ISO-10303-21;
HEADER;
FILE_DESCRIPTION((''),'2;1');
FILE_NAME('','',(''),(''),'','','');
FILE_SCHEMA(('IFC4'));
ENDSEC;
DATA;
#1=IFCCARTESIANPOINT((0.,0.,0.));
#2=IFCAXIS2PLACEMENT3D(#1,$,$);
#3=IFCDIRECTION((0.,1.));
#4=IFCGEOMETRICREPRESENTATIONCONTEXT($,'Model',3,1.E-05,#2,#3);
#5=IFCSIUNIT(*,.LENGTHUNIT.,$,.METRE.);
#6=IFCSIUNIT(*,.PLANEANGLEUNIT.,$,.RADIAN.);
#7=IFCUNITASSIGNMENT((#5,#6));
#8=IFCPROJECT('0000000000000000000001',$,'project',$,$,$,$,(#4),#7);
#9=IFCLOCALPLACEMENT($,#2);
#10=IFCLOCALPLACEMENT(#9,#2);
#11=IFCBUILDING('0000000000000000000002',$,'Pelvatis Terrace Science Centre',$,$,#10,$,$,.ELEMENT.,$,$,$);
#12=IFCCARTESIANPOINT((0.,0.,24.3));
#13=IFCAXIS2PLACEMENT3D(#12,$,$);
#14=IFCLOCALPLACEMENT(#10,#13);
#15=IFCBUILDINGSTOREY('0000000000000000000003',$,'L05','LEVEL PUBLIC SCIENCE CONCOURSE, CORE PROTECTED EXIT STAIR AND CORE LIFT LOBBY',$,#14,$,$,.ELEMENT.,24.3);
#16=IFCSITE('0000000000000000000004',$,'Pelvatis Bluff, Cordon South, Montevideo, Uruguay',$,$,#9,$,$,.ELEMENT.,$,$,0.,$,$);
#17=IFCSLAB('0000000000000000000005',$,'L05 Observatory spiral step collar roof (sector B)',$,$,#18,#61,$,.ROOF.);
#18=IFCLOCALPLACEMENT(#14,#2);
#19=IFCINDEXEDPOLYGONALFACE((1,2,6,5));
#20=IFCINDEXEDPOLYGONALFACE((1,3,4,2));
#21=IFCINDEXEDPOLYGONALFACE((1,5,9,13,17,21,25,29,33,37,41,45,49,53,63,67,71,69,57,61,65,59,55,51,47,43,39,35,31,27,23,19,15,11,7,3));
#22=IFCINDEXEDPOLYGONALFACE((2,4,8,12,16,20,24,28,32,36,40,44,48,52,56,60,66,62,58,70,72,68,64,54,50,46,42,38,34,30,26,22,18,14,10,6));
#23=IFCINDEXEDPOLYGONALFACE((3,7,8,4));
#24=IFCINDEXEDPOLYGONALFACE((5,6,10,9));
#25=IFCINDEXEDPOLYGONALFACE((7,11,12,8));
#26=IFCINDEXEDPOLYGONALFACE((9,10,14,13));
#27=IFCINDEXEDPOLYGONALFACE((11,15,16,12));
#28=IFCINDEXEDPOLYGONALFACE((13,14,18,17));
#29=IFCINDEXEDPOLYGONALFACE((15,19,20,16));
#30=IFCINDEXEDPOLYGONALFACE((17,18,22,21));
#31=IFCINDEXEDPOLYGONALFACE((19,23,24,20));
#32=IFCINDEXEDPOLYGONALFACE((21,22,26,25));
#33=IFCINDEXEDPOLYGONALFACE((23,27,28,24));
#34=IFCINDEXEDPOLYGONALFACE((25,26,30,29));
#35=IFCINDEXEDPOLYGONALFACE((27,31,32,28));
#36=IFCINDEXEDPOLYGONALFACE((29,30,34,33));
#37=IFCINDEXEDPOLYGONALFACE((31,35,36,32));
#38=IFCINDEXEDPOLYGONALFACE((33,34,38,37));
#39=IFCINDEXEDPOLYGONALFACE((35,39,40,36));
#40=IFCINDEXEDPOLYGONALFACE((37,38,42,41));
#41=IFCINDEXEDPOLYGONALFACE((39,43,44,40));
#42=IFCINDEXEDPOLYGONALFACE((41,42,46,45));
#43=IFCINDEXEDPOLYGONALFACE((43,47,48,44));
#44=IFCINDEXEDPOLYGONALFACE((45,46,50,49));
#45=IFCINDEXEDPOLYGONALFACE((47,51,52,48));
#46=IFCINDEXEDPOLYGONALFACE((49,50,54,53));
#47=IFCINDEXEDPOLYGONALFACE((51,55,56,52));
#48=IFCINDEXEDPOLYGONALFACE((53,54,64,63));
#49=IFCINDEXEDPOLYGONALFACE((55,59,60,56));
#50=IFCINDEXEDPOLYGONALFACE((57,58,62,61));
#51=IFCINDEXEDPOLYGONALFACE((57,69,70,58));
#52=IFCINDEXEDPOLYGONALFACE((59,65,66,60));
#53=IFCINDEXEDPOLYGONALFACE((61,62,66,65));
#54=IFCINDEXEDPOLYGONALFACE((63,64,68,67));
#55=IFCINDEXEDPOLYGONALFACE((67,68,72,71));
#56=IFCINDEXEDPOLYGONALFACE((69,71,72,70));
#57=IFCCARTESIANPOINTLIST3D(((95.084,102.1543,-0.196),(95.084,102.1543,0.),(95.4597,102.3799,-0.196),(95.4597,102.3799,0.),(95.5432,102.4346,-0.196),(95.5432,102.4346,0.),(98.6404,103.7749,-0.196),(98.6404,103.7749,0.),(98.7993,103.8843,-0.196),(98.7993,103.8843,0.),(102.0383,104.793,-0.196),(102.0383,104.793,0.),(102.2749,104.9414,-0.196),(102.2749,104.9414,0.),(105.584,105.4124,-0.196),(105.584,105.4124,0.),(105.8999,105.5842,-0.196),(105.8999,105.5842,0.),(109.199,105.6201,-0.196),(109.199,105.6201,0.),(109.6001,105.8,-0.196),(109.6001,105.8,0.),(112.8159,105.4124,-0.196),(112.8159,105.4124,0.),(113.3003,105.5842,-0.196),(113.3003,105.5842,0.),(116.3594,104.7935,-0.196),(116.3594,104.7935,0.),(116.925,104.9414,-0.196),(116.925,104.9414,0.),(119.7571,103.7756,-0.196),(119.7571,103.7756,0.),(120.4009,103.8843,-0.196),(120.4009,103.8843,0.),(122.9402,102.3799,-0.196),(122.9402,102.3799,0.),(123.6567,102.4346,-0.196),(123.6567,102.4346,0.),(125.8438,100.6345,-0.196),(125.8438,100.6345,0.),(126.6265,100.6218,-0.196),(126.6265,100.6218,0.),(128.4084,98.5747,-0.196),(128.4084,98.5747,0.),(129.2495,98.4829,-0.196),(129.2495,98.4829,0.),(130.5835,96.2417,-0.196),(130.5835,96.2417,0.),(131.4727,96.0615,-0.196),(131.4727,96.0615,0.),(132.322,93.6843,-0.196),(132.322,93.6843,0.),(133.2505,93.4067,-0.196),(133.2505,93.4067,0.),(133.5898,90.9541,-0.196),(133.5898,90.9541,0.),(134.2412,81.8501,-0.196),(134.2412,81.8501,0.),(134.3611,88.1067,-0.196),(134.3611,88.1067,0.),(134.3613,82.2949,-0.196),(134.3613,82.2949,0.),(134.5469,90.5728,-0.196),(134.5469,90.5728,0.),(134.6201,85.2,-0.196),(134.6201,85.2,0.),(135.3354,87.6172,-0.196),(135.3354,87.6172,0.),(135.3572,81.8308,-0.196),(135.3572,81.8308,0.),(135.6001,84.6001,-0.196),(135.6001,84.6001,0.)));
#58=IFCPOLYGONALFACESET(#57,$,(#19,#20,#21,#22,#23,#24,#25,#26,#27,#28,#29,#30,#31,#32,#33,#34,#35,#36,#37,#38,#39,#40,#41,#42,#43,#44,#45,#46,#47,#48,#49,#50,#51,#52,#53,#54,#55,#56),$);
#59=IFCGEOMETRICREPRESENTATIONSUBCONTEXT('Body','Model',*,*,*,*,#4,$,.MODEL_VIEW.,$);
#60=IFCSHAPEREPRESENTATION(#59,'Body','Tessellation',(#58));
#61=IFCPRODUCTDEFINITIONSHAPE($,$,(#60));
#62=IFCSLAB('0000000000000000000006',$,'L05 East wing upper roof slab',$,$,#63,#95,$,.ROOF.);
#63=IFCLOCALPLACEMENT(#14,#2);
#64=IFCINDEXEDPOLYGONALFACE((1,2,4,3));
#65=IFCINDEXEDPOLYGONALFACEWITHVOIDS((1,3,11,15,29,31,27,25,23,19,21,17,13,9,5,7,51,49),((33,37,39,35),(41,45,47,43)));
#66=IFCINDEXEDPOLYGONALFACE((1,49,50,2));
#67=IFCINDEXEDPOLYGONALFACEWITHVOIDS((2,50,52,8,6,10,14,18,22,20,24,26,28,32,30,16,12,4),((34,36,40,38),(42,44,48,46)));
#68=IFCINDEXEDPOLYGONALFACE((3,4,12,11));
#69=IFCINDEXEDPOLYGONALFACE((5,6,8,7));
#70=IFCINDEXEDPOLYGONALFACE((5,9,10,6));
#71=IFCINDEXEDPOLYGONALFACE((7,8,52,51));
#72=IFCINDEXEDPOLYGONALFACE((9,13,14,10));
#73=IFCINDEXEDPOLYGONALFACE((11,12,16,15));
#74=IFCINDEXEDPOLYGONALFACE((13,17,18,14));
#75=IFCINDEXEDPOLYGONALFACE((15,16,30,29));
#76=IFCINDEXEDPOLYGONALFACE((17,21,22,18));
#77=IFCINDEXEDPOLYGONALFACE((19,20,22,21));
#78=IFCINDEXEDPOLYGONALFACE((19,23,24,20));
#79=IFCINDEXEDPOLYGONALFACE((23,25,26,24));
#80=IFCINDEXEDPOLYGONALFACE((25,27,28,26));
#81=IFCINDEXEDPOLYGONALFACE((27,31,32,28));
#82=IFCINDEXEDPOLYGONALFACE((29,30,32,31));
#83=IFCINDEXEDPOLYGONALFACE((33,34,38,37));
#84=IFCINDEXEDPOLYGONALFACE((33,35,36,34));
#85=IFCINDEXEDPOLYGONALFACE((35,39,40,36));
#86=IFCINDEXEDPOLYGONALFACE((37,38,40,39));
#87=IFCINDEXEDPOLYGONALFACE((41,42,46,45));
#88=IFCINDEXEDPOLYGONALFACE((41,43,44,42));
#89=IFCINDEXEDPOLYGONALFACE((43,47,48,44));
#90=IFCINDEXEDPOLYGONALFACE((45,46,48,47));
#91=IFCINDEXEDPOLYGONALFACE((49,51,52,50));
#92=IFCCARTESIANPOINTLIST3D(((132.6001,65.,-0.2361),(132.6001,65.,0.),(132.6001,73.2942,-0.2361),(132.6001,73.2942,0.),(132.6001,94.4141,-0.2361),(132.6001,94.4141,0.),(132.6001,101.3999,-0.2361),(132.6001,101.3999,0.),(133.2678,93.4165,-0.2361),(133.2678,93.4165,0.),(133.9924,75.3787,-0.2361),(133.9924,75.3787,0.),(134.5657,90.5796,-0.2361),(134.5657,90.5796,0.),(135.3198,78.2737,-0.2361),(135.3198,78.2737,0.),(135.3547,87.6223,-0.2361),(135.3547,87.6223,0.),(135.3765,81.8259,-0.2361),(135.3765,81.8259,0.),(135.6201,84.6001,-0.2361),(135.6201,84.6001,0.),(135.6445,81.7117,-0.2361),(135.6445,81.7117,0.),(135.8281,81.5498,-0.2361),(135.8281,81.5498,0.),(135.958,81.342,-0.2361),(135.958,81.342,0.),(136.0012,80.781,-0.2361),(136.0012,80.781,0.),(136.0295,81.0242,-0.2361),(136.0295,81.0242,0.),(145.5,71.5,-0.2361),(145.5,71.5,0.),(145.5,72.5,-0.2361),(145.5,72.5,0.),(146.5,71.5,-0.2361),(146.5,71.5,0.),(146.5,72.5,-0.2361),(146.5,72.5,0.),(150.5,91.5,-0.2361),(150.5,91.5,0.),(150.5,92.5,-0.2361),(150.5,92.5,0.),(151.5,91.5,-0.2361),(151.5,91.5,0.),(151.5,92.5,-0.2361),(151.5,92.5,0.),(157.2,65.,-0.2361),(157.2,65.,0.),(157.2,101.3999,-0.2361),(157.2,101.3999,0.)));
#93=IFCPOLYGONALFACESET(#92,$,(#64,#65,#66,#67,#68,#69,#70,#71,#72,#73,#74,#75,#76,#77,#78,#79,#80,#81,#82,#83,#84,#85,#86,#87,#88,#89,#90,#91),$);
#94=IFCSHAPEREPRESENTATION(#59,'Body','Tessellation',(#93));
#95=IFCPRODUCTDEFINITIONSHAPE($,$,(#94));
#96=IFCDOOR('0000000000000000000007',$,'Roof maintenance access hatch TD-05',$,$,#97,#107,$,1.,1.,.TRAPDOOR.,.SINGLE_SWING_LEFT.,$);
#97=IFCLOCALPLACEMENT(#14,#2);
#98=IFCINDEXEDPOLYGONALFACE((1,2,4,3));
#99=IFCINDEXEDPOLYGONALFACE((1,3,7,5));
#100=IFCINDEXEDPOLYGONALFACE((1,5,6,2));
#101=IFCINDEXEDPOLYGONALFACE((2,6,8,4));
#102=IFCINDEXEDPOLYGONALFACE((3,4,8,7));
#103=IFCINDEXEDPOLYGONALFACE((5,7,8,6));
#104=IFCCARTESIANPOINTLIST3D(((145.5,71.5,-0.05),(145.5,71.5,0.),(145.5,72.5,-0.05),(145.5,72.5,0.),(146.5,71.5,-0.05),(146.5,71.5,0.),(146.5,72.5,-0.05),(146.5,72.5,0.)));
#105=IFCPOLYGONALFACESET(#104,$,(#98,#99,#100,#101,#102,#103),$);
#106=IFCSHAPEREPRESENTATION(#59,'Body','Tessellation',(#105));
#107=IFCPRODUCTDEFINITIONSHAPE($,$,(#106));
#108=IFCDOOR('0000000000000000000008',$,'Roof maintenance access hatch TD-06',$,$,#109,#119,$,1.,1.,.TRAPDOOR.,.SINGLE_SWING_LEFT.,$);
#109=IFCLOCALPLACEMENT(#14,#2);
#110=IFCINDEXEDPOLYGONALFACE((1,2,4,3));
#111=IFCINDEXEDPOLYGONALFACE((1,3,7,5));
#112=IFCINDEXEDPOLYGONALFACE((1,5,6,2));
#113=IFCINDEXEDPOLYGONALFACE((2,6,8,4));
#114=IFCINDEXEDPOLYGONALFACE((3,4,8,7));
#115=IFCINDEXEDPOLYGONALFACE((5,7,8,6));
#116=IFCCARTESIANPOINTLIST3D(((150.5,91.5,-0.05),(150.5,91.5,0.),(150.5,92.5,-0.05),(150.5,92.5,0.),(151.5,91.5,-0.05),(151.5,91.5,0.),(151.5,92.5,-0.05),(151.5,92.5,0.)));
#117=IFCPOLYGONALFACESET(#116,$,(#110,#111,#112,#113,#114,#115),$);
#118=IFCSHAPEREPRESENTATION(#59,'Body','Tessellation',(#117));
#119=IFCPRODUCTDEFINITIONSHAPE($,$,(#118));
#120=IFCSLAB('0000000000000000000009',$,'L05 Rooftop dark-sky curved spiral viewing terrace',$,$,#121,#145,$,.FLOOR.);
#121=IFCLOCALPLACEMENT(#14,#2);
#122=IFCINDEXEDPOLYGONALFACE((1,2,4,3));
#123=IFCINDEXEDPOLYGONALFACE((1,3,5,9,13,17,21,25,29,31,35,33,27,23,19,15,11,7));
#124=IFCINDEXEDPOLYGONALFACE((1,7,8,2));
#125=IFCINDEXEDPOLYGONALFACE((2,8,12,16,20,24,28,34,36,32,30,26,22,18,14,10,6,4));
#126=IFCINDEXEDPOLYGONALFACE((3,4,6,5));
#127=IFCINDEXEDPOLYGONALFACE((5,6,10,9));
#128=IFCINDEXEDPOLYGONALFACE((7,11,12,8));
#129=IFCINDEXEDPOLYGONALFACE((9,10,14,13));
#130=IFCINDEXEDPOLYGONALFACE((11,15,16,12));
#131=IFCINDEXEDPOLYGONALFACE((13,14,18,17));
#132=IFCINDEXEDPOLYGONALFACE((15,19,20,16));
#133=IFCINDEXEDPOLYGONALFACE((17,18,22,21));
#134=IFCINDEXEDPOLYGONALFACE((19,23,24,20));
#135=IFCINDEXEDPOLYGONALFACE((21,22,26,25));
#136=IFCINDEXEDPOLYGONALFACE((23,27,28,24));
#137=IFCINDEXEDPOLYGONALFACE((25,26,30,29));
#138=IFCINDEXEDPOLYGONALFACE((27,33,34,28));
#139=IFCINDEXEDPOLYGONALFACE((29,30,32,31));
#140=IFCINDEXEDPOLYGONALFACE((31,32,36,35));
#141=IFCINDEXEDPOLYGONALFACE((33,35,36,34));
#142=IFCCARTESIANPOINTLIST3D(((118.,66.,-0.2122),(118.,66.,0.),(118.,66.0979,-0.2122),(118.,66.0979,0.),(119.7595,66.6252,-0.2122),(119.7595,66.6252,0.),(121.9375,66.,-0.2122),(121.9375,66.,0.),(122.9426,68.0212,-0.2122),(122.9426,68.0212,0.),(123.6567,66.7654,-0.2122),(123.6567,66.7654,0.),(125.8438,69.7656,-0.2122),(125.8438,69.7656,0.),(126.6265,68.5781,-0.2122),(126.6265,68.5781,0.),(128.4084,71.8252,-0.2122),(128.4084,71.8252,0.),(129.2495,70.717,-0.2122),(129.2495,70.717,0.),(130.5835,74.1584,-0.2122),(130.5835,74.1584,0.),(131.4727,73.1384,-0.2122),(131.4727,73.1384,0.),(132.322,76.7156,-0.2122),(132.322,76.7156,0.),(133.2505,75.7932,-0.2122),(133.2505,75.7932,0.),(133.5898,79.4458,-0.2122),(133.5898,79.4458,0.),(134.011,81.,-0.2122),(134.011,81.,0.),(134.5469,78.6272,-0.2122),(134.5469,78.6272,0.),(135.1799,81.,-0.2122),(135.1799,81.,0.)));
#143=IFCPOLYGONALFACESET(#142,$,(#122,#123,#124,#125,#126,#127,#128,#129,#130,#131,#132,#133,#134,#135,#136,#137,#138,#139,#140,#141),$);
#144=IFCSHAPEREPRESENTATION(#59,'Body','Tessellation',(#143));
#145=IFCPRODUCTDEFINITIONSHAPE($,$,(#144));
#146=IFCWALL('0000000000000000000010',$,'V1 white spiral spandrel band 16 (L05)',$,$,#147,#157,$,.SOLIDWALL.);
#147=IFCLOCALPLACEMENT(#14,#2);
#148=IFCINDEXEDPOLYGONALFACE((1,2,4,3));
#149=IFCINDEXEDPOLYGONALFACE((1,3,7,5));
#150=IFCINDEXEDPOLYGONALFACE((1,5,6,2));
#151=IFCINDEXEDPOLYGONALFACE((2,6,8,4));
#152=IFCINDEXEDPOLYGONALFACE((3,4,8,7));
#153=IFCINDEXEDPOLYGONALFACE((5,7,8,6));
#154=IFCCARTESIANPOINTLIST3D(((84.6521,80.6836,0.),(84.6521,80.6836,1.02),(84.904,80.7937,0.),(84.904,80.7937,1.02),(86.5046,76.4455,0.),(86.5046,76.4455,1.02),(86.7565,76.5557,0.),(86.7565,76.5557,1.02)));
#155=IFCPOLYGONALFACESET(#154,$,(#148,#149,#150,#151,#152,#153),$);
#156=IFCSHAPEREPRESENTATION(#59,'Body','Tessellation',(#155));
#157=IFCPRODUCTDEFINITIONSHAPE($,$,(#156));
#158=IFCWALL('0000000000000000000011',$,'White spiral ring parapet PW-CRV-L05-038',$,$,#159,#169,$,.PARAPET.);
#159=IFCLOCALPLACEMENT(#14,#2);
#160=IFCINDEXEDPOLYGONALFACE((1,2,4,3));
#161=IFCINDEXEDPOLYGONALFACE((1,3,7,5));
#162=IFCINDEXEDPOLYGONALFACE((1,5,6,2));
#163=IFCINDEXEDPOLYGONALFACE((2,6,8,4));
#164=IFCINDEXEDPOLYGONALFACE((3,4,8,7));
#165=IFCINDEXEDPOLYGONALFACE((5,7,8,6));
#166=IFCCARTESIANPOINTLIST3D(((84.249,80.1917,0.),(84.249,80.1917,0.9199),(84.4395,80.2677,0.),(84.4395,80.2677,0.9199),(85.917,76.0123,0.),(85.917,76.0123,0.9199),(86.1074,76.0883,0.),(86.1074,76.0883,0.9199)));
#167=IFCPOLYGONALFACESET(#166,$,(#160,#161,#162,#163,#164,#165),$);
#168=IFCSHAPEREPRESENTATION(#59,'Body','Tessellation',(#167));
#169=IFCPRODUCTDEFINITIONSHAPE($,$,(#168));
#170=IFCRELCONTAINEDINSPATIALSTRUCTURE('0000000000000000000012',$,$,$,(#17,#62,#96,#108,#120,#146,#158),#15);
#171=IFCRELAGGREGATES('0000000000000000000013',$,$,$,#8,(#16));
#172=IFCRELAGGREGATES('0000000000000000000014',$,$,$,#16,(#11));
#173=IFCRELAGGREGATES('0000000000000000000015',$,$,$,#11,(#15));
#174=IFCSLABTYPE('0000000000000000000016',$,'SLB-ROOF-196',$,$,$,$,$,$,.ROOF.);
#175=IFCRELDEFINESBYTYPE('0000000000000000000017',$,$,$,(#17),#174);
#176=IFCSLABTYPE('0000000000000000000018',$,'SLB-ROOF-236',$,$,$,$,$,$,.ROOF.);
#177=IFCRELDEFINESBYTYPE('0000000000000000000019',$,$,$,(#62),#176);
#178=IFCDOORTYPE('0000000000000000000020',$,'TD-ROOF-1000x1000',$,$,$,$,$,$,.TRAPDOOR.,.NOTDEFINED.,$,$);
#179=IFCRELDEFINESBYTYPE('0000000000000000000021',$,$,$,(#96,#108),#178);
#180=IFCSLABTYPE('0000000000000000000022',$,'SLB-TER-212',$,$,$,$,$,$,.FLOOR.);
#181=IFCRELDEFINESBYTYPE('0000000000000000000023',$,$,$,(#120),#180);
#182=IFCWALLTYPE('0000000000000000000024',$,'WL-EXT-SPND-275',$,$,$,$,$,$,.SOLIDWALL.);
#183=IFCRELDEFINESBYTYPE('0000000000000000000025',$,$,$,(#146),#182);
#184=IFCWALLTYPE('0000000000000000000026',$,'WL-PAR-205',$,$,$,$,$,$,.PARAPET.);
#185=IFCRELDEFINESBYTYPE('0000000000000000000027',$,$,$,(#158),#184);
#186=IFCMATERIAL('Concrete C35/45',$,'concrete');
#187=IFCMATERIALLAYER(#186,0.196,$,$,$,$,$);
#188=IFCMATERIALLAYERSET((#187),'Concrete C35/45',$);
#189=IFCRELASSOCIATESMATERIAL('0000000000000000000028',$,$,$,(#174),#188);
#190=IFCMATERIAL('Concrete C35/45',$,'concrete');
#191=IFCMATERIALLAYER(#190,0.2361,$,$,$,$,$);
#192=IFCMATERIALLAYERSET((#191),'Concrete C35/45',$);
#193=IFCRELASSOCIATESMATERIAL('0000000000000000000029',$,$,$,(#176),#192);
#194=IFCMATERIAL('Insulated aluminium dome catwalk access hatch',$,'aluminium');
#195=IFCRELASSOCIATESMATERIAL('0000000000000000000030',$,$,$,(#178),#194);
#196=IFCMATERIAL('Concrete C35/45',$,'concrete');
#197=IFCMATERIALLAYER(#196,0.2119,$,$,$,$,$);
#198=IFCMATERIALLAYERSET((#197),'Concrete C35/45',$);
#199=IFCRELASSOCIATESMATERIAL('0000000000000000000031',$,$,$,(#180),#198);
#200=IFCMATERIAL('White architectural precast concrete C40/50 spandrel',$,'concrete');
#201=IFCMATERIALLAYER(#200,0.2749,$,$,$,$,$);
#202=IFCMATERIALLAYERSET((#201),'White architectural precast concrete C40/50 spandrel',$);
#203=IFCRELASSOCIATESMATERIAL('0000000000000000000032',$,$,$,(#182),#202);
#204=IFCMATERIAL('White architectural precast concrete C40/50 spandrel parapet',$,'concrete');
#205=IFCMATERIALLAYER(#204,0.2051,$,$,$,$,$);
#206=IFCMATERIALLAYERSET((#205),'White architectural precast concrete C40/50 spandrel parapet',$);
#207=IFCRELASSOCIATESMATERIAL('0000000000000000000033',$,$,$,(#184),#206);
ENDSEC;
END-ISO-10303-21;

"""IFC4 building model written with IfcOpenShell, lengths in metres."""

from ifc_helpers import new_model, si_unit, direction, frame, frame_2d, origin, origin_2d, place, context, subcontext, project, spatial, polyline, rectangle, outline, extrude, material, layer, layer_set, type_object, element, fill, save


model = new_model("IFC4")

# Units and contexts
model_context = context("Model", 3, precision=1e-05, world=origin(), true_north=direction((0.0, 1.0)))
body_context = subcontext(model_context, "Body", "Model", "MODEL_VIEW")
ifc_project = project(units=[si_unit("LENGTHUNIT", "METRE"), si_unit("PLANEANGLEUNIT", "RADIAN")], contexts=[model_context])

# Site, building, storey
site_placement = place(None, origin())
site = spatial("IfcSite", under=ifc_project, at=site_placement, Name="Pelvatis Bluff, Cordon South, Montevideo, Uruguay", CompositionType="ELEMENT", RefElevation=0.0)
building_placement = place(site_placement, origin())
building = spatial("IfcBuilding", under=site, at=building_placement, Name="Pelvatis Terrace Science Centre", CompositionType="ELEMENT")
storey_placement = place(building_placement, frame((0.0, 0.0, 24.3)))
storey = spatial("IfcBuildingStorey", under=building, at=storey_placement, Name="L05", Description="LEVEL PUBLIC SCIENCE CONCOURSE, CORE PROTECTED EXIT STAIR AND CORE LIFT LOBBY", CompositionType="ELEMENT", Elevation=24.3)

# Slab
ifc_material_1 = material(Name="Concrete C35/45", Category="concrete")
ifc_layer_1 = layer(ifc_material_1, 0.196)
ifc_layer_set_1 = layer_set([ifc_layer_1], Name="Concrete C35/45")
slab_type_1 = type_object("IfcSlabType", Name="SLB-ROOF-196", PredefinedType="ROOF", material=ifc_layer_set_1)
slab_1_placement = place(storey_placement, frame((0.0, 0.0, -0.196)))
element("IfcSlab", 1, at=slab_1_placement, inside=storey, type_object=slab_type_1, Name="L05 Observatory spiral step collar roof (sector B)", PredefinedType="ROOF", context=body_context, shape_type="SweptSolid", body=[
    extrude(outline(polyline([(135.3572, 81.8308), (134.2412, 81.8501), (134.3613, 82.2949), (134.6201, 85.2), (134.3611, 88.1067), (133.5898, 90.9541), (132.322, 93.6843), (130.5835, 96.2417), (128.4084, 98.5747), (125.8438, 100.6345), (122.9402, 102.3799), (119.7571, 103.7756), (116.3594, 104.7935), (112.8159, 105.4124), (109.199, 105.6201), (105.584, 105.4124), (102.0383, 104.793), (98.6404, 103.7749), (95.4597, 102.3799), (95.084, 102.1543), (95.5432, 102.4346), (98.7993, 103.8843), (102.2749, 104.9414), (105.8999, 105.5842), (109.6001, 105.8), (113.3003, 105.5842), (116.925, 104.9414), (120.4009, 103.8843), (123.6567, 102.4346), (126.6265, 100.6218), (129.2495, 98.4829), (131.4727, 96.0615), (133.2505, 93.4067), (134.5469, 90.5728), (135.3354, 87.6172), (135.6001, 84.6001), (135.3572, 81.8308)])), origin(), (0.0, 0.0, 1.0), 0.196),
])

# Slab, openings, doors
ifc_material_2 = material(Name="Concrete C35/45", Category="concrete")
ifc_layer_2 = layer(ifc_material_2, 0.2361)
ifc_layer_set_2 = layer_set([ifc_layer_2], Name="Concrete C35/45")
slab_type_2 = type_object("IfcSlabType", Name="SLB-ROOF-236", PredefinedType="ROOF", material=ifc_layer_set_2)
slab_2_placement = place(storey_placement, frame((0.0, 0.0, -0.2361)))
slab_2 = element("IfcSlab", 2, at=slab_2_placement, inside=storey, type_object=slab_type_2, Name="L05 East wing upper roof slab", PredefinedType="ROOF", context=body_context, shape_type="SweptSolid", body=[
    extrude(outline(polyline([(132.6001, 73.2942), (133.9924, 75.3787), (135.3198, 78.2737), (136.0012, 80.781), (136.0295, 81.0242), (135.958, 81.342), (135.8281, 81.5498), (135.6445, 81.7117), (135.3765, 81.8259), (135.6201, 84.6001), (135.3547, 87.6223), (134.5657, 90.5796), (133.2678, 93.4165), (132.6001, 94.4141), (132.6001, 101.3999), (157.2, 101.3999), (157.2, 65.0), (132.6001, 65.0), (132.6001, 73.2942)])), origin(), (0.0, 0.0, 1.0), 0.2361),
])
opening_1_placement = place(slab_2_placement, frame((146.0, 72.0, 0.0)))
opening_1 = element("IfcOpeningElement", 3, at=opening_1_placement, cuts=slab_2, PredefinedType="OPENING", context=body_context, shape_type="SweptSolid", body=[
    extrude(rectangle(XDim=1.0, YDim=1.0, at=origin_2d()), origin(), (0.0, 0.0, 1.0), 0.2361),
])
opening_2_placement = place(slab_2_placement, frame((151.0, 92.0, 0.0)))
opening_2 = element("IfcOpeningElement", 4, at=opening_2_placement, cuts=slab_2, PredefinedType="OPENING", context=body_context, shape_type="SweptSolid", body=[
    extrude(rectangle(XDim=1.0, YDim=1.0, at=origin_2d()), origin(), (0.0, 0.0, 1.0), 0.2361),
])
ifc_material_3 = material(Name="Insulated aluminium dome catwalk access hatch", Category="aluminium")
door_type = type_object("IfcDoorType", Name="TD-ROOF-1000x1000", OperationType="NOTDEFINED", PredefinedType="TRAPDOOR", material=ifc_material_3)
door_1_placement = place(opening_1_placement, frame((0.0, 0.0, 0.186)))
door_1 = element("IfcDoor", 5, at=door_1_placement, inside=storey, type_object=door_type, Name="Roof maintenance access hatch TD-05", OperationType="SINGLE_SWING_LEFT", OverallHeight=1.0, OverallWidth=1.0, PredefinedType="TRAPDOOR", context=body_context, shape_type="SweptSolid", body=[
    extrude(rectangle(XDim=1.0, YDim=1.0, at=origin_2d()), origin(), (0.0, 0.0, 1.0), 0.05),
])
fill(opening_1, door_1)
door_2_placement = place(opening_2_placement, frame((0.0, 0.0, 0.186)))
door_2 = element("IfcDoor", 6, at=door_2_placement, inside=storey, type_object=door_type, Name="Roof maintenance access hatch TD-06", OperationType="SINGLE_SWING_LEFT", OverallHeight=1.0, OverallWidth=1.0, PredefinedType="TRAPDOOR", context=body_context, shape_type="SweptSolid", body=[
    extrude(rectangle(XDim=1.0, YDim=1.0, at=origin_2d()), origin(), (0.0, 0.0, 1.0), 0.05),
])
fill(opening_2, door_2)

# Slab
ifc_material_4 = material(Name="Concrete C35/45", Category="concrete")
ifc_layer_3 = layer(ifc_material_4, 0.2119)
ifc_layer_set_3 = layer_set([ifc_layer_3], Name="Concrete C35/45")
slab_type_3 = type_object("IfcSlabType", Name="SLB-TER-212", PredefinedType="FLOOR", material=ifc_layer_set_3)
slab_3_placement = place(storey_placement, frame((0.0, 0.0, -0.2122)))
element("IfcSlab", 7, at=slab_3_placement, inside=storey, type_object=slab_type_3, Name="L05 Rooftop dark-sky curved spiral viewing terrace", PredefinedType="FLOOR", context=body_context, shape_type="SweptSolid", body=[
    extrude(outline(polyline([(133.2505, 75.7932), (131.4727, 73.1384), (129.2495, 70.717), (126.6265, 68.5781), (123.6567, 66.7654), (121.9375, 66.0), (118.0, 66.0), (118.0, 66.0979), (119.7595, 66.6252), (122.9426, 68.0212), (125.8438, 69.7656), (128.4084, 71.8252), (130.5835, 74.1584), (132.322, 76.7156), (133.5898, 79.4458), (134.011, 81.0), (135.1799, 81.0), (134.5469, 78.6272), (133.2505, 75.7932)])), origin(), (0.0, 0.0, 1.0), 0.2122),
])

# Walls
ifc_material_5 = material(Name="White architectural precast concrete C40/50 spandrel", Category="concrete")
ifc_layer_4 = layer(ifc_material_5, 0.2749)
ifc_layer_set_4 = layer_set([ifc_layer_4], Name="White architectural precast concrete C40/50 spandrel")
wall_type_1 = type_object("IfcWallType", Name="WL-EXT-SPND-275", PredefinedType="SOLIDWALL", material=ifc_layer_set_4)
wall_1_placement = place(storey_placement, frame((84.7781, 80.7385, 0.0), z_axis=(0.0, 0.0, 1.0), x_axis=(0.400528, -0.916284, 0.0)))
element("IfcWall", 8, at=wall_1_placement, inside=storey, type_object=wall_type_1, Name="V1 white spiral spandrel band 16 (L05)", PredefinedType="SOLIDWALL", context=body_context, shape_type="SweptSolid", body=[
    extrude(rectangle(XDim=4.6252, YDim=0.2749, at=frame_2d((2.3125, 0.0))), origin(), (0.0, 0.0, 1.0), 1.02),
])
ifc_material_6 = material(Name="White architectural precast concrete C40/50 spandrel parapet", Category="concrete")
ifc_layer_5 = layer(ifc_material_6, 0.2051)
ifc_layer_set_5 = layer_set([ifc_layer_5], Name="White architectural precast concrete C40/50 spandrel parapet")
wall_type_2 = type_object("IfcWallType", Name="WL-PAR-205", PredefinedType="PARAPET", material=ifc_layer_set_5)
wall_2_placement = place(storey_placement, frame((84.3442, 80.2297, 0.0), z_axis=(0.0, 0.0, 1.0), x_axis=(0.370661, -0.928768, 0.0)))
element("IfcWall", 9, at=wall_2_placement, inside=storey, type_object=wall_type_2, Name="White spiral ring parapet PW-CRV-L05-038", PredefinedType="PARAPET", context=body_context, shape_type="SweptSolid", body=[
    extrude(rectangle(XDim=4.5, YDim=0.2051, at=frame_2d((2.25, 0.0))), origin(), (0.0, 0.0, 1.0), 0.9199),
])

save(model, "model.ifc")
